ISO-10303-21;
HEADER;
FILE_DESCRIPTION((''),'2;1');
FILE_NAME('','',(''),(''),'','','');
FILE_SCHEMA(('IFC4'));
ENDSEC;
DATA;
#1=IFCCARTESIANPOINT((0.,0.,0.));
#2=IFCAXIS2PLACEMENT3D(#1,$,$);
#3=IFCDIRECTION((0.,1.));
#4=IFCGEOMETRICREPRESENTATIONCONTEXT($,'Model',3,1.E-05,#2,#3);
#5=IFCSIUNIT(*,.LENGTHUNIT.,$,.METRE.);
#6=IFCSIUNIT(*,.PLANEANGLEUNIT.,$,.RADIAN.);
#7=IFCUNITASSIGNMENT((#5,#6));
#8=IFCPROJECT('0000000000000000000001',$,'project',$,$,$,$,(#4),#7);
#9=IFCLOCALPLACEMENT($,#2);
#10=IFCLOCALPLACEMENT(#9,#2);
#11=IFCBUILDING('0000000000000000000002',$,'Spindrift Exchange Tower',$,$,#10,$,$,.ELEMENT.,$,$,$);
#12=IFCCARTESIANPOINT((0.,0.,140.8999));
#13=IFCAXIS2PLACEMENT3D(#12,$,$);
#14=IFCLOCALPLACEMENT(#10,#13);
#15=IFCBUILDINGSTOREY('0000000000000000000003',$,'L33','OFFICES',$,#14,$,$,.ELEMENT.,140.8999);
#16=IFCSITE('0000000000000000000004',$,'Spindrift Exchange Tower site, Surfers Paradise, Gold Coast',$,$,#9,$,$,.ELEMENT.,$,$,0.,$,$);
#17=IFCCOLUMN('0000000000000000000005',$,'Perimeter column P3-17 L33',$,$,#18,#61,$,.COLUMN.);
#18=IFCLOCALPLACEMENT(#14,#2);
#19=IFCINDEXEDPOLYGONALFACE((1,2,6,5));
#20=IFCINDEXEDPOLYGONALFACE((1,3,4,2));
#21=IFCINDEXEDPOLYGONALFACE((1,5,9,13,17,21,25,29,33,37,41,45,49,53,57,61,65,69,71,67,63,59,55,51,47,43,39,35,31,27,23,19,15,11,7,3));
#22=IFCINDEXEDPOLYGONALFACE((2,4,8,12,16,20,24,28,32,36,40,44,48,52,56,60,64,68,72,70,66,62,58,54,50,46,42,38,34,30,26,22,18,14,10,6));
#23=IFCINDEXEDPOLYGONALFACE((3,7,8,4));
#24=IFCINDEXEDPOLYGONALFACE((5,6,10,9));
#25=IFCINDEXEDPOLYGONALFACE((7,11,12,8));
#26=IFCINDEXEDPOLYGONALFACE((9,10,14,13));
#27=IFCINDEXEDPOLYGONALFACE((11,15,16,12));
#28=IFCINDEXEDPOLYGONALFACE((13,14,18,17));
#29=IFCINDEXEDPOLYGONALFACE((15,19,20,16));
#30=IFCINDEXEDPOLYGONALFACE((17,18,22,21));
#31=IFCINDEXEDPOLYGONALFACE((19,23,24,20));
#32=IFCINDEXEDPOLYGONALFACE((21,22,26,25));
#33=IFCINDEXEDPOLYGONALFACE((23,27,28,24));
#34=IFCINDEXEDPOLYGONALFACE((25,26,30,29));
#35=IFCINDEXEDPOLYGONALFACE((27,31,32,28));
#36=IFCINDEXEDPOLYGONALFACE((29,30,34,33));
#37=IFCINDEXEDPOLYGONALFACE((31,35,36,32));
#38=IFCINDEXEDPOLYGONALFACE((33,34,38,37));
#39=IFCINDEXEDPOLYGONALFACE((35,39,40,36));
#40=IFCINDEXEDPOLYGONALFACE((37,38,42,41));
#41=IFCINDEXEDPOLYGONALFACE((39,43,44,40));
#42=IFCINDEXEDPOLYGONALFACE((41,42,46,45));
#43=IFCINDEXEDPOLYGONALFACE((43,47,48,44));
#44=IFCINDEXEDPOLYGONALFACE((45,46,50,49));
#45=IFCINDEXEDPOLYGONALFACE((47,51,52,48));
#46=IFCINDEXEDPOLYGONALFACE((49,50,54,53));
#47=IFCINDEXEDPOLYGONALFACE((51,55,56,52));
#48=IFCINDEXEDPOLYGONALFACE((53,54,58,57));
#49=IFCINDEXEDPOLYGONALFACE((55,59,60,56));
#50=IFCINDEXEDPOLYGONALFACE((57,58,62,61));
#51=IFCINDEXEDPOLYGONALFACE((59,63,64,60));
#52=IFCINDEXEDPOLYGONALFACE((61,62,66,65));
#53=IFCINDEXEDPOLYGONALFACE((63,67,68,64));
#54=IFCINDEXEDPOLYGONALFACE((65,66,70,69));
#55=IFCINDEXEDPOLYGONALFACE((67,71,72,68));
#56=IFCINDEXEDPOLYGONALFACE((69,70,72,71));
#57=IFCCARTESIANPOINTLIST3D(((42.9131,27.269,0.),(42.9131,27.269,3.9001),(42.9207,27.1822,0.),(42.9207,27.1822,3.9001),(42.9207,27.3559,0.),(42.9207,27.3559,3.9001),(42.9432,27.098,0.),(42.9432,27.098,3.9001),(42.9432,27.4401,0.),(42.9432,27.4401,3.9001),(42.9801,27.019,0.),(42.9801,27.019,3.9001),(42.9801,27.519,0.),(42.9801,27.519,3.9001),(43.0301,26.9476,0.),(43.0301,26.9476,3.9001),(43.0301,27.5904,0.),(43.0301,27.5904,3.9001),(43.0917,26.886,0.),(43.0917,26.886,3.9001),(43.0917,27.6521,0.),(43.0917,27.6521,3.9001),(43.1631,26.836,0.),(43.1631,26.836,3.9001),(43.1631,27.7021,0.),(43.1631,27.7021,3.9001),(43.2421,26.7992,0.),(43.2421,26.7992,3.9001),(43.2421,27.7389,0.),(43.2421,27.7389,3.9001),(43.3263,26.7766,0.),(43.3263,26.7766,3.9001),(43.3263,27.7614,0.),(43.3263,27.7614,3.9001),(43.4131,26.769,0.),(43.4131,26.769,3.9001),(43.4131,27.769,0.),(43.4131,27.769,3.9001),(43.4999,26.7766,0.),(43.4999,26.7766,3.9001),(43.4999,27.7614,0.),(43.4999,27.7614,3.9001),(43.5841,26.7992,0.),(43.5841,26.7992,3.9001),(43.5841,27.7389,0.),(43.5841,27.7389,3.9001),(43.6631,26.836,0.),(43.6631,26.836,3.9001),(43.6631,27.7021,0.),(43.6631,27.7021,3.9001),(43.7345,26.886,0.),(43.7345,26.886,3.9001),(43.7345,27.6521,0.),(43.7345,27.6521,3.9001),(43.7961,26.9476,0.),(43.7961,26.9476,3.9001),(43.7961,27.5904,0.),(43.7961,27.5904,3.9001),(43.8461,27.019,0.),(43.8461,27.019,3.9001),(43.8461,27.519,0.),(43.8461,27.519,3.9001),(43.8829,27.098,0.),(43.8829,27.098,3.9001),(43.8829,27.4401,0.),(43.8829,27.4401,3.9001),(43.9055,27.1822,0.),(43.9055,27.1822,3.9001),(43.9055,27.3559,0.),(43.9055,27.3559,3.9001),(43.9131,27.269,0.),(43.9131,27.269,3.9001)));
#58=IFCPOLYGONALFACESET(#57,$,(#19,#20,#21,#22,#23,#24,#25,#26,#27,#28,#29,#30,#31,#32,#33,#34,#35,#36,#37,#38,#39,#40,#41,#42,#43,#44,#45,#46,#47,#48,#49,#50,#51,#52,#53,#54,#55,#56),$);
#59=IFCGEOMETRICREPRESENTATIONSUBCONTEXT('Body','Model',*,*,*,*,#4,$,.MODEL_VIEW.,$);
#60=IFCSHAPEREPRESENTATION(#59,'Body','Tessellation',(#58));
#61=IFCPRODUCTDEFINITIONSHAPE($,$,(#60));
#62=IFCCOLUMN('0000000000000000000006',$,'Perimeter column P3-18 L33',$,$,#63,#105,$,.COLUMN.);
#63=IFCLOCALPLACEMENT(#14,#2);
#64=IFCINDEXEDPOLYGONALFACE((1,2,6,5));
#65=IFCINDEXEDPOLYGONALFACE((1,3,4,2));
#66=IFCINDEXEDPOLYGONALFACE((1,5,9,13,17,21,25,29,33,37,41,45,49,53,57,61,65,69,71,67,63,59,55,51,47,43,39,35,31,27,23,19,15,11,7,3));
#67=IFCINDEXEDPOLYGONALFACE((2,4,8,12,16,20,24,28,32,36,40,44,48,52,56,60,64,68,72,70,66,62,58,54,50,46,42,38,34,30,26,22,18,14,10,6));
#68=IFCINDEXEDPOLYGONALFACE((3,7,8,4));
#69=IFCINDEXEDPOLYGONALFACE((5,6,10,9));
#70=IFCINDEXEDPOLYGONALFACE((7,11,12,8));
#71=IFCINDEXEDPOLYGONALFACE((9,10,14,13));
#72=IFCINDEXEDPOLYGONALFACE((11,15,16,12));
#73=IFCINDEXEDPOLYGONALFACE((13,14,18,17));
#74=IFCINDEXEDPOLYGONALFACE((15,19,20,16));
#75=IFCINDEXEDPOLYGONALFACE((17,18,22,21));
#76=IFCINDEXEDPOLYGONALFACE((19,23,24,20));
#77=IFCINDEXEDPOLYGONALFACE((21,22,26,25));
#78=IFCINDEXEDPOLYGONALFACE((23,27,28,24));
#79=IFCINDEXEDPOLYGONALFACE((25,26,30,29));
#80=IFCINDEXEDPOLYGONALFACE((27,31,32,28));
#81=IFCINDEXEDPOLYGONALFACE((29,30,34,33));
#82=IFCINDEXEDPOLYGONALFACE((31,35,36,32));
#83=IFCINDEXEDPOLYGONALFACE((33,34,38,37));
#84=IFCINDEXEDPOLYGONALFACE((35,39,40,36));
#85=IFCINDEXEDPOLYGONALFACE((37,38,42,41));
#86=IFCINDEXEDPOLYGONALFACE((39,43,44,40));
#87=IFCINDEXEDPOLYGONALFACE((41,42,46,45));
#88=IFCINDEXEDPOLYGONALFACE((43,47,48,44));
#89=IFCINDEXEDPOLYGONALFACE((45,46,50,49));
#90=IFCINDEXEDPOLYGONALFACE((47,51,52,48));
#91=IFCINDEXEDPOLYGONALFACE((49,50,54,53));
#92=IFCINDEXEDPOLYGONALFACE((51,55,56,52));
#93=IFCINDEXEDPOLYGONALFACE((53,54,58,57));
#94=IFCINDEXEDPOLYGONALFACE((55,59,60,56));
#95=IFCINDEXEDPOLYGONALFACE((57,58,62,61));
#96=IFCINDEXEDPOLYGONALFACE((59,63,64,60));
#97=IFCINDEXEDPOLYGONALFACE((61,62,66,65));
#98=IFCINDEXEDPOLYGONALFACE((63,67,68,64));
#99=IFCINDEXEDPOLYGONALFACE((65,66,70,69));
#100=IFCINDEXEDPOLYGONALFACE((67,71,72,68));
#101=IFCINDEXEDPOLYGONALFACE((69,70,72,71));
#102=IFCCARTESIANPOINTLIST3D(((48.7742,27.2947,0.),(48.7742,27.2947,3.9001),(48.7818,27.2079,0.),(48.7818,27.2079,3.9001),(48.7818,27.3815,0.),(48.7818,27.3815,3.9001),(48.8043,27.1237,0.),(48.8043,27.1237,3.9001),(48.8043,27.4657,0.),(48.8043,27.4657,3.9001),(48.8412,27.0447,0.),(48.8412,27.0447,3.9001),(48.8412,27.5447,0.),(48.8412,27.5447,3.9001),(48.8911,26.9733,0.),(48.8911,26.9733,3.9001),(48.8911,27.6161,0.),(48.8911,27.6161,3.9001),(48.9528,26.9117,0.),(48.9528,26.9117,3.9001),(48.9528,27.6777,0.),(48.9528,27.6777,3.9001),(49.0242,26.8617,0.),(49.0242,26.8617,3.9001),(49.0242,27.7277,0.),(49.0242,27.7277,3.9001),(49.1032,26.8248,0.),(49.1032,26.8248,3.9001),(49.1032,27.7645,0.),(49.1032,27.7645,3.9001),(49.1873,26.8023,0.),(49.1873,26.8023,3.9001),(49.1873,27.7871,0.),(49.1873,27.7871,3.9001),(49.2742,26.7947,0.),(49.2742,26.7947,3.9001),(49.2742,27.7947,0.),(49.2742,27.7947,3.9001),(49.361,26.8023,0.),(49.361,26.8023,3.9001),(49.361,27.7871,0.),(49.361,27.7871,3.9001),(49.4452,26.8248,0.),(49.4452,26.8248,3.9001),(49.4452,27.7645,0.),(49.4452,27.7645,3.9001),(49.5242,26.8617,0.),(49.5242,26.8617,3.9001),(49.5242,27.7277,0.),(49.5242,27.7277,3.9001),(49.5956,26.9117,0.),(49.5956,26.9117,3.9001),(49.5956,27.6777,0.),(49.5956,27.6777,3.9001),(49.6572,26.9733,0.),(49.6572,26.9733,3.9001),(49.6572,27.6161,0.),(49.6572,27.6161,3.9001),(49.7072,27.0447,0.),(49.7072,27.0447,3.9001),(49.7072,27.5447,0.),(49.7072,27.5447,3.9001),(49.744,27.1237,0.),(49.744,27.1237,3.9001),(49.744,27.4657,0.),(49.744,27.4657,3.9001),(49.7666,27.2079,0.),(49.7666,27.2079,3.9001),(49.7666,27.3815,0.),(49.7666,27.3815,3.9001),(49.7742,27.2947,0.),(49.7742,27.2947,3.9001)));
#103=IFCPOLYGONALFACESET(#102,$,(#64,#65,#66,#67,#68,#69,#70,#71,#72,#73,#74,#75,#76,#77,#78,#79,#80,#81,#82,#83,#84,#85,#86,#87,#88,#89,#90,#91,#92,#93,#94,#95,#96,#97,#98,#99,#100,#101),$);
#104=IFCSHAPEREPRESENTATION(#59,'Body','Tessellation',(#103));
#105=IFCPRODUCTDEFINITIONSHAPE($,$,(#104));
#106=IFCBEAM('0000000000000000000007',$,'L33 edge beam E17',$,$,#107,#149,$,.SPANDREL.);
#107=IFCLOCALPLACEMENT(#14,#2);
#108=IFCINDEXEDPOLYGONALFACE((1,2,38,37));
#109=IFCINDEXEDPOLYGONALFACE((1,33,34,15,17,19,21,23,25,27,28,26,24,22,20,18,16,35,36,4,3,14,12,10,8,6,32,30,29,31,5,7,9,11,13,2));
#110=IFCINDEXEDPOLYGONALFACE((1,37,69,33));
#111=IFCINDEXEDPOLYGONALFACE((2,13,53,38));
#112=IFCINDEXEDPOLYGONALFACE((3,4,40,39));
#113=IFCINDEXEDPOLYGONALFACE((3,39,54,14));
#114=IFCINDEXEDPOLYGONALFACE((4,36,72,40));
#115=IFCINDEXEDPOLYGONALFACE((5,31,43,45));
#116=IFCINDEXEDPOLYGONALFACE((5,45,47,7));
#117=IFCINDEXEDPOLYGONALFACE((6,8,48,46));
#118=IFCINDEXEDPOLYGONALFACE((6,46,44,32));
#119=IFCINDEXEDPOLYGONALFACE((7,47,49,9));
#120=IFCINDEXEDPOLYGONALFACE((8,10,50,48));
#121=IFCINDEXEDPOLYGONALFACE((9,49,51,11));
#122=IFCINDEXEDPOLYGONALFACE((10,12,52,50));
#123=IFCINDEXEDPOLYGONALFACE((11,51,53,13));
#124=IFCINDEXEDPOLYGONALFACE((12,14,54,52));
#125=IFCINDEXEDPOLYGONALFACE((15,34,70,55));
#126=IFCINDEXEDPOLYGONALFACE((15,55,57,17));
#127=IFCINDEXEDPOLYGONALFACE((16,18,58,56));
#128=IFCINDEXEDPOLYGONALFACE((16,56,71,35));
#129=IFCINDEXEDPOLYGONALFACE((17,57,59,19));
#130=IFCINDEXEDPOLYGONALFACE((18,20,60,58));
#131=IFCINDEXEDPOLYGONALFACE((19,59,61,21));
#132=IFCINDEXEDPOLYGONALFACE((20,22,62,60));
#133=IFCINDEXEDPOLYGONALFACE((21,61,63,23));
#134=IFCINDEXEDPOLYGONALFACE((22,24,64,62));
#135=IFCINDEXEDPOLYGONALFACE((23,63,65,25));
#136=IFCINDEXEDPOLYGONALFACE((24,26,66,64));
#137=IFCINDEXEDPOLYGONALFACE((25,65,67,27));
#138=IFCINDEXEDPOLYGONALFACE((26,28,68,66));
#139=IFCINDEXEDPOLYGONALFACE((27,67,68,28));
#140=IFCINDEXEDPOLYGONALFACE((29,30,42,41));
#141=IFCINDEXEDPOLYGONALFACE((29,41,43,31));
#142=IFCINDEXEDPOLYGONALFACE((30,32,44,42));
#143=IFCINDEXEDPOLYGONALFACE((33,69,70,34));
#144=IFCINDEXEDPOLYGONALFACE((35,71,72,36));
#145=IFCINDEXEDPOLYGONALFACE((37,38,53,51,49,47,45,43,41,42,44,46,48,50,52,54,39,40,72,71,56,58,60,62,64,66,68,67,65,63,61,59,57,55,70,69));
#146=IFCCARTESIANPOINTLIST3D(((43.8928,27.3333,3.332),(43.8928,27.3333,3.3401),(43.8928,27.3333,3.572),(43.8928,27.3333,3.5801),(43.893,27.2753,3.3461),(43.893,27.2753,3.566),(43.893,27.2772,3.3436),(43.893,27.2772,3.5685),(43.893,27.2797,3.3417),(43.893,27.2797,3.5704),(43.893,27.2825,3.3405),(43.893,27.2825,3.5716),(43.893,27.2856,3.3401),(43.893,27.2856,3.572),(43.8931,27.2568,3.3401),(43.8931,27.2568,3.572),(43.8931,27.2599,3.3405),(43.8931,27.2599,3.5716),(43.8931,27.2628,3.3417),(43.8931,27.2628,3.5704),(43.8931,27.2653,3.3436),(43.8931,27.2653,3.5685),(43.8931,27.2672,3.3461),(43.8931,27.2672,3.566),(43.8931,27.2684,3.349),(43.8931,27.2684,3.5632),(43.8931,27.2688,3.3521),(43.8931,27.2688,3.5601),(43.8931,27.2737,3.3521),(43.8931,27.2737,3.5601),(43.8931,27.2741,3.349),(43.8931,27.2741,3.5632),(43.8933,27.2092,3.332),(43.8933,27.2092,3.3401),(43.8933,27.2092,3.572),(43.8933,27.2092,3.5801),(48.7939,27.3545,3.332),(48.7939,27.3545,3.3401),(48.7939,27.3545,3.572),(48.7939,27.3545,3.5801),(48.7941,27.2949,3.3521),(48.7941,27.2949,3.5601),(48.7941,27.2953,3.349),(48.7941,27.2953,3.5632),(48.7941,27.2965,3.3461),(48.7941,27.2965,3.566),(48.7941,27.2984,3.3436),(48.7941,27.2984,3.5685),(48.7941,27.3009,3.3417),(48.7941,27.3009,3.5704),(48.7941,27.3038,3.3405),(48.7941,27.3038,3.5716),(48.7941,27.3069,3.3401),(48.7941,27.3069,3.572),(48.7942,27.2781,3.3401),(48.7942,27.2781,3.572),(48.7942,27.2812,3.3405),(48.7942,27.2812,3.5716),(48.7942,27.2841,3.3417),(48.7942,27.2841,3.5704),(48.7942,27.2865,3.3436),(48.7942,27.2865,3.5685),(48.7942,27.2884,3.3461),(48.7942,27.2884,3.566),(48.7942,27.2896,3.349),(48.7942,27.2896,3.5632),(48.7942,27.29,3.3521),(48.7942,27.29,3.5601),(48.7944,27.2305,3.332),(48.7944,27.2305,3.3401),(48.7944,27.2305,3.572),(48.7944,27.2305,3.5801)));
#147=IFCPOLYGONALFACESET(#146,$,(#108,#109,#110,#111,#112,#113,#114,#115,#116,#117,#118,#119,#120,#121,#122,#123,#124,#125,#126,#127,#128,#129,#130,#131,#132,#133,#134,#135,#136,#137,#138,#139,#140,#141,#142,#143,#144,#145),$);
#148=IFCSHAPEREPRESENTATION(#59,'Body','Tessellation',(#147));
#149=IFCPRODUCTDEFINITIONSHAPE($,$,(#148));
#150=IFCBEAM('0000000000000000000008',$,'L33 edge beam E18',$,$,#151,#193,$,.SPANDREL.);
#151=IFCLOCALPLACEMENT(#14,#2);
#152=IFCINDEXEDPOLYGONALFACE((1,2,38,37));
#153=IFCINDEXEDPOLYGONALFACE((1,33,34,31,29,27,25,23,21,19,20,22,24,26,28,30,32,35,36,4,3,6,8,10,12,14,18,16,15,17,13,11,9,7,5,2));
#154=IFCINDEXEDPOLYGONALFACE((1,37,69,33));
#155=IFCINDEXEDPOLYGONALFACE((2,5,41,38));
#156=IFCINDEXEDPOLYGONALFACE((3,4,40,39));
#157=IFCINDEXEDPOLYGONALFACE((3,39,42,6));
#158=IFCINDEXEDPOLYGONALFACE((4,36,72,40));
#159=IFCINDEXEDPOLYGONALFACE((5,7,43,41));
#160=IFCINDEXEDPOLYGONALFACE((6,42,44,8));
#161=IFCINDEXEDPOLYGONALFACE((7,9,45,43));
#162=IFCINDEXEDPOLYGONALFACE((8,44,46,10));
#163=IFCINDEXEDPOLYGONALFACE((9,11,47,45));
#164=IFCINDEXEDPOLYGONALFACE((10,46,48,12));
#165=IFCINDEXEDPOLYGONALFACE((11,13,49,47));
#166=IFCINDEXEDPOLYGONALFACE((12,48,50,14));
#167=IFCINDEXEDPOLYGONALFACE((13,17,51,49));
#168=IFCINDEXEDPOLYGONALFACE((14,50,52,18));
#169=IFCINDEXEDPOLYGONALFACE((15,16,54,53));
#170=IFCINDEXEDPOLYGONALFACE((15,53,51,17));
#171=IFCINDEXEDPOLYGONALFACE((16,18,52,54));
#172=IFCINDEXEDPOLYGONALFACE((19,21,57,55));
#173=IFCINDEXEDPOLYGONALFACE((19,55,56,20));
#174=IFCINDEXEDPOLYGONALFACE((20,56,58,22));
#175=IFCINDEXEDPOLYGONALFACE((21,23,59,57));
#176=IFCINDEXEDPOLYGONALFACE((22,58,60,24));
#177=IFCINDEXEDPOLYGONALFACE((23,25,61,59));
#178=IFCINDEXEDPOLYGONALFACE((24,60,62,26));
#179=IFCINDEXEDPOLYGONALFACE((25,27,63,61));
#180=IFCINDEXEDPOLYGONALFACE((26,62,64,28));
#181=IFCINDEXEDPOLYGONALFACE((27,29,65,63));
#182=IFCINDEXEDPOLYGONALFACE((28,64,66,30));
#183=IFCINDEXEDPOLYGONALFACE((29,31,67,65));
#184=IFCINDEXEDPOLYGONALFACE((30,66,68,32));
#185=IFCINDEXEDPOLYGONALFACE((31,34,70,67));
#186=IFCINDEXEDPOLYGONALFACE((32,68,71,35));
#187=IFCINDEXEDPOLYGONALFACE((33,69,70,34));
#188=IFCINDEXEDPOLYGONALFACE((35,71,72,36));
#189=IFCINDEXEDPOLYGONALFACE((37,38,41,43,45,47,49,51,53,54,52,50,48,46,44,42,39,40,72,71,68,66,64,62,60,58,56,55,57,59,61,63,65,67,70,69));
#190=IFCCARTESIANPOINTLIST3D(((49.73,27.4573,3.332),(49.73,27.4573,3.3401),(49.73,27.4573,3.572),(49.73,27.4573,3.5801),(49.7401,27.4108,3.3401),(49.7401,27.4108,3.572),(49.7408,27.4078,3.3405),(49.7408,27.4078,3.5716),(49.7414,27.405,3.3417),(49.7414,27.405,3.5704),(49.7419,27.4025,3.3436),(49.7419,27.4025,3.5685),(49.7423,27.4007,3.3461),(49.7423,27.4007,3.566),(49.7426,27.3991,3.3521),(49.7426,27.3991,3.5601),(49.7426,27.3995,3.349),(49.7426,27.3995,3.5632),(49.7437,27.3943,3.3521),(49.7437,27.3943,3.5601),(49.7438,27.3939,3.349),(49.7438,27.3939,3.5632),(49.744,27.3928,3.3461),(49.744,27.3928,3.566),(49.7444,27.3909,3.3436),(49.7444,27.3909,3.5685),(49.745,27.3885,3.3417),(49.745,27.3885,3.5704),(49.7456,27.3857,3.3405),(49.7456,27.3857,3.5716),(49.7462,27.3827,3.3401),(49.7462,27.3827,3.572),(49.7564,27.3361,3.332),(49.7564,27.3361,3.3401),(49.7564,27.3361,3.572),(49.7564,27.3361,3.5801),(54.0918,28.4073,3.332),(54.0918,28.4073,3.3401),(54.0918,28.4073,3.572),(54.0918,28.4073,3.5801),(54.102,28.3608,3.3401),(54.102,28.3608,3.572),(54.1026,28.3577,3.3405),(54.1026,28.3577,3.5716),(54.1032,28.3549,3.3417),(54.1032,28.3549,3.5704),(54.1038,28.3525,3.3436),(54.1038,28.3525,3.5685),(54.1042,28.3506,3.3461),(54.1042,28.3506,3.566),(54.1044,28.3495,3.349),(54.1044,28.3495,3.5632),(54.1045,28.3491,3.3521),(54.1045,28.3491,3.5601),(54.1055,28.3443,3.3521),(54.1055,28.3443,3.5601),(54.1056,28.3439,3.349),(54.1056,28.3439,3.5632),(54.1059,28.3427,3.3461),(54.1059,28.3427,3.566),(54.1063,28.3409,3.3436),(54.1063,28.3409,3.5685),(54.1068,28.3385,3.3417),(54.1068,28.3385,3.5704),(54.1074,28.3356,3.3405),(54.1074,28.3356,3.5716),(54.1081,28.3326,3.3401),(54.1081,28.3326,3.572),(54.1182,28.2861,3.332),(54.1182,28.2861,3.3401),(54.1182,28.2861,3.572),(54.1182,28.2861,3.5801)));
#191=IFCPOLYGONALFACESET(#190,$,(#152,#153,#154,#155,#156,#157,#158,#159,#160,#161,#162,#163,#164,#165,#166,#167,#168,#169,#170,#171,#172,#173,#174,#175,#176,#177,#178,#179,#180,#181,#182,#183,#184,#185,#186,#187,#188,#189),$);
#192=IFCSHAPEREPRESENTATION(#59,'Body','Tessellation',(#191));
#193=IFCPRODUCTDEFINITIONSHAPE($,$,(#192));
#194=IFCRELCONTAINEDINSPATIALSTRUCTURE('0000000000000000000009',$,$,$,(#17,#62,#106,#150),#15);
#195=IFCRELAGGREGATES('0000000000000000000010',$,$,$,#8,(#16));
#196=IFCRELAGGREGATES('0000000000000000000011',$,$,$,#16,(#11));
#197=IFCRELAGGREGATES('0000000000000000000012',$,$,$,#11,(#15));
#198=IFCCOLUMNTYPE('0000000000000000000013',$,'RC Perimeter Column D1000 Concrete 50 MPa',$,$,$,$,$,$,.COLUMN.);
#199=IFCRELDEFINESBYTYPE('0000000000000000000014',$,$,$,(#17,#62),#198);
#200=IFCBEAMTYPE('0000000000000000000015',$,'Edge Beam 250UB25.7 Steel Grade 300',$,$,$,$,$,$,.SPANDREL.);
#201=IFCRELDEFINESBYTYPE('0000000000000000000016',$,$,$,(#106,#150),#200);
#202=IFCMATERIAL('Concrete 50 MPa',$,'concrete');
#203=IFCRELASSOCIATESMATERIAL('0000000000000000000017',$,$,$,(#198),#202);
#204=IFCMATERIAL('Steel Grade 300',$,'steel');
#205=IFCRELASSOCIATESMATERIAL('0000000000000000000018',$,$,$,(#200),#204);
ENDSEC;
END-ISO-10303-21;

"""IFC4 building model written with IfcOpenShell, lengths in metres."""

from ifc_helpers import new_model, si_unit, direction, frame, origin, origin_2d, place, context, subcontext, project, spatial, circle, i_section, extrude, source, transform, mapped, material, material_profile, profile_set, type_object, element, save


model = new_model("IFC4")

# Units and contexts
model_context = context("Model", 3, precision=1e-05, world=origin(), true_north=direction((0.0, 1.0)))
body_context = subcontext(model_context, "Body", "Model", "MODEL_VIEW")
ifc_project = project(units=[si_unit("LENGTHUNIT", "METRE"), si_unit("PLANEANGLEUNIT", "RADIAN")], contexts=[model_context])

# Site, building, storey
site_placement = place(None, origin())
site = spatial("IfcSite", under=ifc_project, at=site_placement, Name="Spindrift Exchange Tower site, Surfers Paradise, Gold Coast", CompositionType="ELEMENT", RefElevation=0.0)
building_placement = place(site_placement, origin())
building = spatial("IfcBuilding", under=site, at=building_placement, Name="Spindrift Exchange Tower", CompositionType="ELEMENT")
storey_placement = place(building_placement, frame((0.0, 0.0, 140.8999)))
storey = spatial("IfcBuildingStorey", under=building, at=storey_placement, Name="L33", Description="OFFICES", CompositionType="ELEMENT", Elevation=140.8999)

# Columns
ifc_material_1 = material(Name="Concrete 50 MPa", Category="concrete")
ifc_material_profile_1 = material_profile(ifc_material_1, circle(Radius=0.5, at=origin_2d()), Name="RC D1000")
ifc_profile_set_1 = profile_set([ifc_material_profile_1], Name="Concrete 50 MPa")
column_type = type_object("IfcColumnType", Name="RC Perimeter Column D1000 Concrete 50 MPa", PredefinedType="COLUMN", material=ifc_profile_set_1)
shared_shape_1 = source(origin(), body_context, "Body", "SweptSolid", [
    extrude(circle(Radius=0.5, at=origin_2d()), origin(), (0.0, 0.0, 1.0), 3.9001),
])
for number, where, z_axis, x_axis, name in (
    (1, (43.4131, 27.269, 0.0), (0.0, 0.0, 1.0), (1.0, 0.0, 0.0), "Perimeter column P3-17 L33"),
    (2, (49.2742, 27.2947, 0.0), (0.0, 0.0, 1.0), (1.0, 0.0, 0.0), "Perimeter column P3-18 L33"),
):
    element("IfcColumn", number, at=place(storey_placement, frame(where, z_axis=z_axis, x_axis=x_axis)), inside=storey, type_object=column_type, Name=name, PredefinedType="COLUMN", context=body_context, shape_type="MappedRepresentation", body=[
        mapped(shared_shape_1, transform((0.0, 0.0, 0.0), scale=1.0)),
    ])

# Beams
ifc_material_2 = material(Name="Steel Grade 300", Category="steel")
ifc_material_profile_2 = material_profile(ifc_material_2, i_section(OverallWidth=0.124, OverallDepth=0.248, WebThickness=0.0049, FlangeThickness=0.0081, FilletRadius=0.012, at=origin_2d()), Name="250UB25.7")
ifc_profile_set_2 = profile_set([ifc_material_profile_2], Name="Steel Grade 300")
beam_type_1 = type_object("IfcBeamType", Name="Edge Beam 250UB25.7 Steel Grade 300", PredefinedType="SPANDREL", material=ifc_profile_set_2)
shared_shape_2 = source(origin(), body_context, "Body", "SweptSolid", [
    extrude(i_section(OverallWidth=0.124, OverallDepth=0.248, WebThickness=0.0049, FlangeThickness=0.0081, FilletRadius=0.012, at=origin_2d()), origin(), (0.0, 0.0, 1.0), 4.9011),
])
beam_1_placement = place(storey_placement, frame((43.8931, 27.2712, 3.4561), z_axis=(0.999991, 0.004334, 0.0), x_axis=(-0.004334, 0.999991, 0.0)))
element("IfcBeam", 3, at=beam_1_placement, inside=storey, type_object=beam_type_1, Name="L33 edge beam E17", PredefinedType="SPANDREL", context=body_context, shape_type="MappedRepresentation", body=[
    mapped(shared_shape_2, transform((0.0, 0.0, 0.0), scale=1.0)),
])
shared_shape_3 = source(origin(), body_context, "Body", "SweptSolid", [
    extrude(i_section(OverallWidth=0.124, OverallDepth=0.248, WebThickness=0.0049, FlangeThickness=0.0081, FilletRadius=0.012, at=origin_2d()), origin(), (0.0, 0.0, 1.0), 4.4641),
])
beam_2_placement = place(storey_placement, frame((49.7432, 27.3967, 3.4561), z_axis=(0.977096, 0.2128, 0.0), x_axis=(-0.2128, 0.977096, 0.0)))
element("IfcBeam", 4, at=beam_2_placement, inside=storey, type_object=beam_type_1, Name="L33 edge beam E18", PredefinedType="SPANDREL", context=body_context, shape_type="MappedRepresentation", body=[
    mapped(shared_shape_3, transform((0.0, 0.0, 0.0), scale=1.0)),
])

save(model, "model.ifc")
